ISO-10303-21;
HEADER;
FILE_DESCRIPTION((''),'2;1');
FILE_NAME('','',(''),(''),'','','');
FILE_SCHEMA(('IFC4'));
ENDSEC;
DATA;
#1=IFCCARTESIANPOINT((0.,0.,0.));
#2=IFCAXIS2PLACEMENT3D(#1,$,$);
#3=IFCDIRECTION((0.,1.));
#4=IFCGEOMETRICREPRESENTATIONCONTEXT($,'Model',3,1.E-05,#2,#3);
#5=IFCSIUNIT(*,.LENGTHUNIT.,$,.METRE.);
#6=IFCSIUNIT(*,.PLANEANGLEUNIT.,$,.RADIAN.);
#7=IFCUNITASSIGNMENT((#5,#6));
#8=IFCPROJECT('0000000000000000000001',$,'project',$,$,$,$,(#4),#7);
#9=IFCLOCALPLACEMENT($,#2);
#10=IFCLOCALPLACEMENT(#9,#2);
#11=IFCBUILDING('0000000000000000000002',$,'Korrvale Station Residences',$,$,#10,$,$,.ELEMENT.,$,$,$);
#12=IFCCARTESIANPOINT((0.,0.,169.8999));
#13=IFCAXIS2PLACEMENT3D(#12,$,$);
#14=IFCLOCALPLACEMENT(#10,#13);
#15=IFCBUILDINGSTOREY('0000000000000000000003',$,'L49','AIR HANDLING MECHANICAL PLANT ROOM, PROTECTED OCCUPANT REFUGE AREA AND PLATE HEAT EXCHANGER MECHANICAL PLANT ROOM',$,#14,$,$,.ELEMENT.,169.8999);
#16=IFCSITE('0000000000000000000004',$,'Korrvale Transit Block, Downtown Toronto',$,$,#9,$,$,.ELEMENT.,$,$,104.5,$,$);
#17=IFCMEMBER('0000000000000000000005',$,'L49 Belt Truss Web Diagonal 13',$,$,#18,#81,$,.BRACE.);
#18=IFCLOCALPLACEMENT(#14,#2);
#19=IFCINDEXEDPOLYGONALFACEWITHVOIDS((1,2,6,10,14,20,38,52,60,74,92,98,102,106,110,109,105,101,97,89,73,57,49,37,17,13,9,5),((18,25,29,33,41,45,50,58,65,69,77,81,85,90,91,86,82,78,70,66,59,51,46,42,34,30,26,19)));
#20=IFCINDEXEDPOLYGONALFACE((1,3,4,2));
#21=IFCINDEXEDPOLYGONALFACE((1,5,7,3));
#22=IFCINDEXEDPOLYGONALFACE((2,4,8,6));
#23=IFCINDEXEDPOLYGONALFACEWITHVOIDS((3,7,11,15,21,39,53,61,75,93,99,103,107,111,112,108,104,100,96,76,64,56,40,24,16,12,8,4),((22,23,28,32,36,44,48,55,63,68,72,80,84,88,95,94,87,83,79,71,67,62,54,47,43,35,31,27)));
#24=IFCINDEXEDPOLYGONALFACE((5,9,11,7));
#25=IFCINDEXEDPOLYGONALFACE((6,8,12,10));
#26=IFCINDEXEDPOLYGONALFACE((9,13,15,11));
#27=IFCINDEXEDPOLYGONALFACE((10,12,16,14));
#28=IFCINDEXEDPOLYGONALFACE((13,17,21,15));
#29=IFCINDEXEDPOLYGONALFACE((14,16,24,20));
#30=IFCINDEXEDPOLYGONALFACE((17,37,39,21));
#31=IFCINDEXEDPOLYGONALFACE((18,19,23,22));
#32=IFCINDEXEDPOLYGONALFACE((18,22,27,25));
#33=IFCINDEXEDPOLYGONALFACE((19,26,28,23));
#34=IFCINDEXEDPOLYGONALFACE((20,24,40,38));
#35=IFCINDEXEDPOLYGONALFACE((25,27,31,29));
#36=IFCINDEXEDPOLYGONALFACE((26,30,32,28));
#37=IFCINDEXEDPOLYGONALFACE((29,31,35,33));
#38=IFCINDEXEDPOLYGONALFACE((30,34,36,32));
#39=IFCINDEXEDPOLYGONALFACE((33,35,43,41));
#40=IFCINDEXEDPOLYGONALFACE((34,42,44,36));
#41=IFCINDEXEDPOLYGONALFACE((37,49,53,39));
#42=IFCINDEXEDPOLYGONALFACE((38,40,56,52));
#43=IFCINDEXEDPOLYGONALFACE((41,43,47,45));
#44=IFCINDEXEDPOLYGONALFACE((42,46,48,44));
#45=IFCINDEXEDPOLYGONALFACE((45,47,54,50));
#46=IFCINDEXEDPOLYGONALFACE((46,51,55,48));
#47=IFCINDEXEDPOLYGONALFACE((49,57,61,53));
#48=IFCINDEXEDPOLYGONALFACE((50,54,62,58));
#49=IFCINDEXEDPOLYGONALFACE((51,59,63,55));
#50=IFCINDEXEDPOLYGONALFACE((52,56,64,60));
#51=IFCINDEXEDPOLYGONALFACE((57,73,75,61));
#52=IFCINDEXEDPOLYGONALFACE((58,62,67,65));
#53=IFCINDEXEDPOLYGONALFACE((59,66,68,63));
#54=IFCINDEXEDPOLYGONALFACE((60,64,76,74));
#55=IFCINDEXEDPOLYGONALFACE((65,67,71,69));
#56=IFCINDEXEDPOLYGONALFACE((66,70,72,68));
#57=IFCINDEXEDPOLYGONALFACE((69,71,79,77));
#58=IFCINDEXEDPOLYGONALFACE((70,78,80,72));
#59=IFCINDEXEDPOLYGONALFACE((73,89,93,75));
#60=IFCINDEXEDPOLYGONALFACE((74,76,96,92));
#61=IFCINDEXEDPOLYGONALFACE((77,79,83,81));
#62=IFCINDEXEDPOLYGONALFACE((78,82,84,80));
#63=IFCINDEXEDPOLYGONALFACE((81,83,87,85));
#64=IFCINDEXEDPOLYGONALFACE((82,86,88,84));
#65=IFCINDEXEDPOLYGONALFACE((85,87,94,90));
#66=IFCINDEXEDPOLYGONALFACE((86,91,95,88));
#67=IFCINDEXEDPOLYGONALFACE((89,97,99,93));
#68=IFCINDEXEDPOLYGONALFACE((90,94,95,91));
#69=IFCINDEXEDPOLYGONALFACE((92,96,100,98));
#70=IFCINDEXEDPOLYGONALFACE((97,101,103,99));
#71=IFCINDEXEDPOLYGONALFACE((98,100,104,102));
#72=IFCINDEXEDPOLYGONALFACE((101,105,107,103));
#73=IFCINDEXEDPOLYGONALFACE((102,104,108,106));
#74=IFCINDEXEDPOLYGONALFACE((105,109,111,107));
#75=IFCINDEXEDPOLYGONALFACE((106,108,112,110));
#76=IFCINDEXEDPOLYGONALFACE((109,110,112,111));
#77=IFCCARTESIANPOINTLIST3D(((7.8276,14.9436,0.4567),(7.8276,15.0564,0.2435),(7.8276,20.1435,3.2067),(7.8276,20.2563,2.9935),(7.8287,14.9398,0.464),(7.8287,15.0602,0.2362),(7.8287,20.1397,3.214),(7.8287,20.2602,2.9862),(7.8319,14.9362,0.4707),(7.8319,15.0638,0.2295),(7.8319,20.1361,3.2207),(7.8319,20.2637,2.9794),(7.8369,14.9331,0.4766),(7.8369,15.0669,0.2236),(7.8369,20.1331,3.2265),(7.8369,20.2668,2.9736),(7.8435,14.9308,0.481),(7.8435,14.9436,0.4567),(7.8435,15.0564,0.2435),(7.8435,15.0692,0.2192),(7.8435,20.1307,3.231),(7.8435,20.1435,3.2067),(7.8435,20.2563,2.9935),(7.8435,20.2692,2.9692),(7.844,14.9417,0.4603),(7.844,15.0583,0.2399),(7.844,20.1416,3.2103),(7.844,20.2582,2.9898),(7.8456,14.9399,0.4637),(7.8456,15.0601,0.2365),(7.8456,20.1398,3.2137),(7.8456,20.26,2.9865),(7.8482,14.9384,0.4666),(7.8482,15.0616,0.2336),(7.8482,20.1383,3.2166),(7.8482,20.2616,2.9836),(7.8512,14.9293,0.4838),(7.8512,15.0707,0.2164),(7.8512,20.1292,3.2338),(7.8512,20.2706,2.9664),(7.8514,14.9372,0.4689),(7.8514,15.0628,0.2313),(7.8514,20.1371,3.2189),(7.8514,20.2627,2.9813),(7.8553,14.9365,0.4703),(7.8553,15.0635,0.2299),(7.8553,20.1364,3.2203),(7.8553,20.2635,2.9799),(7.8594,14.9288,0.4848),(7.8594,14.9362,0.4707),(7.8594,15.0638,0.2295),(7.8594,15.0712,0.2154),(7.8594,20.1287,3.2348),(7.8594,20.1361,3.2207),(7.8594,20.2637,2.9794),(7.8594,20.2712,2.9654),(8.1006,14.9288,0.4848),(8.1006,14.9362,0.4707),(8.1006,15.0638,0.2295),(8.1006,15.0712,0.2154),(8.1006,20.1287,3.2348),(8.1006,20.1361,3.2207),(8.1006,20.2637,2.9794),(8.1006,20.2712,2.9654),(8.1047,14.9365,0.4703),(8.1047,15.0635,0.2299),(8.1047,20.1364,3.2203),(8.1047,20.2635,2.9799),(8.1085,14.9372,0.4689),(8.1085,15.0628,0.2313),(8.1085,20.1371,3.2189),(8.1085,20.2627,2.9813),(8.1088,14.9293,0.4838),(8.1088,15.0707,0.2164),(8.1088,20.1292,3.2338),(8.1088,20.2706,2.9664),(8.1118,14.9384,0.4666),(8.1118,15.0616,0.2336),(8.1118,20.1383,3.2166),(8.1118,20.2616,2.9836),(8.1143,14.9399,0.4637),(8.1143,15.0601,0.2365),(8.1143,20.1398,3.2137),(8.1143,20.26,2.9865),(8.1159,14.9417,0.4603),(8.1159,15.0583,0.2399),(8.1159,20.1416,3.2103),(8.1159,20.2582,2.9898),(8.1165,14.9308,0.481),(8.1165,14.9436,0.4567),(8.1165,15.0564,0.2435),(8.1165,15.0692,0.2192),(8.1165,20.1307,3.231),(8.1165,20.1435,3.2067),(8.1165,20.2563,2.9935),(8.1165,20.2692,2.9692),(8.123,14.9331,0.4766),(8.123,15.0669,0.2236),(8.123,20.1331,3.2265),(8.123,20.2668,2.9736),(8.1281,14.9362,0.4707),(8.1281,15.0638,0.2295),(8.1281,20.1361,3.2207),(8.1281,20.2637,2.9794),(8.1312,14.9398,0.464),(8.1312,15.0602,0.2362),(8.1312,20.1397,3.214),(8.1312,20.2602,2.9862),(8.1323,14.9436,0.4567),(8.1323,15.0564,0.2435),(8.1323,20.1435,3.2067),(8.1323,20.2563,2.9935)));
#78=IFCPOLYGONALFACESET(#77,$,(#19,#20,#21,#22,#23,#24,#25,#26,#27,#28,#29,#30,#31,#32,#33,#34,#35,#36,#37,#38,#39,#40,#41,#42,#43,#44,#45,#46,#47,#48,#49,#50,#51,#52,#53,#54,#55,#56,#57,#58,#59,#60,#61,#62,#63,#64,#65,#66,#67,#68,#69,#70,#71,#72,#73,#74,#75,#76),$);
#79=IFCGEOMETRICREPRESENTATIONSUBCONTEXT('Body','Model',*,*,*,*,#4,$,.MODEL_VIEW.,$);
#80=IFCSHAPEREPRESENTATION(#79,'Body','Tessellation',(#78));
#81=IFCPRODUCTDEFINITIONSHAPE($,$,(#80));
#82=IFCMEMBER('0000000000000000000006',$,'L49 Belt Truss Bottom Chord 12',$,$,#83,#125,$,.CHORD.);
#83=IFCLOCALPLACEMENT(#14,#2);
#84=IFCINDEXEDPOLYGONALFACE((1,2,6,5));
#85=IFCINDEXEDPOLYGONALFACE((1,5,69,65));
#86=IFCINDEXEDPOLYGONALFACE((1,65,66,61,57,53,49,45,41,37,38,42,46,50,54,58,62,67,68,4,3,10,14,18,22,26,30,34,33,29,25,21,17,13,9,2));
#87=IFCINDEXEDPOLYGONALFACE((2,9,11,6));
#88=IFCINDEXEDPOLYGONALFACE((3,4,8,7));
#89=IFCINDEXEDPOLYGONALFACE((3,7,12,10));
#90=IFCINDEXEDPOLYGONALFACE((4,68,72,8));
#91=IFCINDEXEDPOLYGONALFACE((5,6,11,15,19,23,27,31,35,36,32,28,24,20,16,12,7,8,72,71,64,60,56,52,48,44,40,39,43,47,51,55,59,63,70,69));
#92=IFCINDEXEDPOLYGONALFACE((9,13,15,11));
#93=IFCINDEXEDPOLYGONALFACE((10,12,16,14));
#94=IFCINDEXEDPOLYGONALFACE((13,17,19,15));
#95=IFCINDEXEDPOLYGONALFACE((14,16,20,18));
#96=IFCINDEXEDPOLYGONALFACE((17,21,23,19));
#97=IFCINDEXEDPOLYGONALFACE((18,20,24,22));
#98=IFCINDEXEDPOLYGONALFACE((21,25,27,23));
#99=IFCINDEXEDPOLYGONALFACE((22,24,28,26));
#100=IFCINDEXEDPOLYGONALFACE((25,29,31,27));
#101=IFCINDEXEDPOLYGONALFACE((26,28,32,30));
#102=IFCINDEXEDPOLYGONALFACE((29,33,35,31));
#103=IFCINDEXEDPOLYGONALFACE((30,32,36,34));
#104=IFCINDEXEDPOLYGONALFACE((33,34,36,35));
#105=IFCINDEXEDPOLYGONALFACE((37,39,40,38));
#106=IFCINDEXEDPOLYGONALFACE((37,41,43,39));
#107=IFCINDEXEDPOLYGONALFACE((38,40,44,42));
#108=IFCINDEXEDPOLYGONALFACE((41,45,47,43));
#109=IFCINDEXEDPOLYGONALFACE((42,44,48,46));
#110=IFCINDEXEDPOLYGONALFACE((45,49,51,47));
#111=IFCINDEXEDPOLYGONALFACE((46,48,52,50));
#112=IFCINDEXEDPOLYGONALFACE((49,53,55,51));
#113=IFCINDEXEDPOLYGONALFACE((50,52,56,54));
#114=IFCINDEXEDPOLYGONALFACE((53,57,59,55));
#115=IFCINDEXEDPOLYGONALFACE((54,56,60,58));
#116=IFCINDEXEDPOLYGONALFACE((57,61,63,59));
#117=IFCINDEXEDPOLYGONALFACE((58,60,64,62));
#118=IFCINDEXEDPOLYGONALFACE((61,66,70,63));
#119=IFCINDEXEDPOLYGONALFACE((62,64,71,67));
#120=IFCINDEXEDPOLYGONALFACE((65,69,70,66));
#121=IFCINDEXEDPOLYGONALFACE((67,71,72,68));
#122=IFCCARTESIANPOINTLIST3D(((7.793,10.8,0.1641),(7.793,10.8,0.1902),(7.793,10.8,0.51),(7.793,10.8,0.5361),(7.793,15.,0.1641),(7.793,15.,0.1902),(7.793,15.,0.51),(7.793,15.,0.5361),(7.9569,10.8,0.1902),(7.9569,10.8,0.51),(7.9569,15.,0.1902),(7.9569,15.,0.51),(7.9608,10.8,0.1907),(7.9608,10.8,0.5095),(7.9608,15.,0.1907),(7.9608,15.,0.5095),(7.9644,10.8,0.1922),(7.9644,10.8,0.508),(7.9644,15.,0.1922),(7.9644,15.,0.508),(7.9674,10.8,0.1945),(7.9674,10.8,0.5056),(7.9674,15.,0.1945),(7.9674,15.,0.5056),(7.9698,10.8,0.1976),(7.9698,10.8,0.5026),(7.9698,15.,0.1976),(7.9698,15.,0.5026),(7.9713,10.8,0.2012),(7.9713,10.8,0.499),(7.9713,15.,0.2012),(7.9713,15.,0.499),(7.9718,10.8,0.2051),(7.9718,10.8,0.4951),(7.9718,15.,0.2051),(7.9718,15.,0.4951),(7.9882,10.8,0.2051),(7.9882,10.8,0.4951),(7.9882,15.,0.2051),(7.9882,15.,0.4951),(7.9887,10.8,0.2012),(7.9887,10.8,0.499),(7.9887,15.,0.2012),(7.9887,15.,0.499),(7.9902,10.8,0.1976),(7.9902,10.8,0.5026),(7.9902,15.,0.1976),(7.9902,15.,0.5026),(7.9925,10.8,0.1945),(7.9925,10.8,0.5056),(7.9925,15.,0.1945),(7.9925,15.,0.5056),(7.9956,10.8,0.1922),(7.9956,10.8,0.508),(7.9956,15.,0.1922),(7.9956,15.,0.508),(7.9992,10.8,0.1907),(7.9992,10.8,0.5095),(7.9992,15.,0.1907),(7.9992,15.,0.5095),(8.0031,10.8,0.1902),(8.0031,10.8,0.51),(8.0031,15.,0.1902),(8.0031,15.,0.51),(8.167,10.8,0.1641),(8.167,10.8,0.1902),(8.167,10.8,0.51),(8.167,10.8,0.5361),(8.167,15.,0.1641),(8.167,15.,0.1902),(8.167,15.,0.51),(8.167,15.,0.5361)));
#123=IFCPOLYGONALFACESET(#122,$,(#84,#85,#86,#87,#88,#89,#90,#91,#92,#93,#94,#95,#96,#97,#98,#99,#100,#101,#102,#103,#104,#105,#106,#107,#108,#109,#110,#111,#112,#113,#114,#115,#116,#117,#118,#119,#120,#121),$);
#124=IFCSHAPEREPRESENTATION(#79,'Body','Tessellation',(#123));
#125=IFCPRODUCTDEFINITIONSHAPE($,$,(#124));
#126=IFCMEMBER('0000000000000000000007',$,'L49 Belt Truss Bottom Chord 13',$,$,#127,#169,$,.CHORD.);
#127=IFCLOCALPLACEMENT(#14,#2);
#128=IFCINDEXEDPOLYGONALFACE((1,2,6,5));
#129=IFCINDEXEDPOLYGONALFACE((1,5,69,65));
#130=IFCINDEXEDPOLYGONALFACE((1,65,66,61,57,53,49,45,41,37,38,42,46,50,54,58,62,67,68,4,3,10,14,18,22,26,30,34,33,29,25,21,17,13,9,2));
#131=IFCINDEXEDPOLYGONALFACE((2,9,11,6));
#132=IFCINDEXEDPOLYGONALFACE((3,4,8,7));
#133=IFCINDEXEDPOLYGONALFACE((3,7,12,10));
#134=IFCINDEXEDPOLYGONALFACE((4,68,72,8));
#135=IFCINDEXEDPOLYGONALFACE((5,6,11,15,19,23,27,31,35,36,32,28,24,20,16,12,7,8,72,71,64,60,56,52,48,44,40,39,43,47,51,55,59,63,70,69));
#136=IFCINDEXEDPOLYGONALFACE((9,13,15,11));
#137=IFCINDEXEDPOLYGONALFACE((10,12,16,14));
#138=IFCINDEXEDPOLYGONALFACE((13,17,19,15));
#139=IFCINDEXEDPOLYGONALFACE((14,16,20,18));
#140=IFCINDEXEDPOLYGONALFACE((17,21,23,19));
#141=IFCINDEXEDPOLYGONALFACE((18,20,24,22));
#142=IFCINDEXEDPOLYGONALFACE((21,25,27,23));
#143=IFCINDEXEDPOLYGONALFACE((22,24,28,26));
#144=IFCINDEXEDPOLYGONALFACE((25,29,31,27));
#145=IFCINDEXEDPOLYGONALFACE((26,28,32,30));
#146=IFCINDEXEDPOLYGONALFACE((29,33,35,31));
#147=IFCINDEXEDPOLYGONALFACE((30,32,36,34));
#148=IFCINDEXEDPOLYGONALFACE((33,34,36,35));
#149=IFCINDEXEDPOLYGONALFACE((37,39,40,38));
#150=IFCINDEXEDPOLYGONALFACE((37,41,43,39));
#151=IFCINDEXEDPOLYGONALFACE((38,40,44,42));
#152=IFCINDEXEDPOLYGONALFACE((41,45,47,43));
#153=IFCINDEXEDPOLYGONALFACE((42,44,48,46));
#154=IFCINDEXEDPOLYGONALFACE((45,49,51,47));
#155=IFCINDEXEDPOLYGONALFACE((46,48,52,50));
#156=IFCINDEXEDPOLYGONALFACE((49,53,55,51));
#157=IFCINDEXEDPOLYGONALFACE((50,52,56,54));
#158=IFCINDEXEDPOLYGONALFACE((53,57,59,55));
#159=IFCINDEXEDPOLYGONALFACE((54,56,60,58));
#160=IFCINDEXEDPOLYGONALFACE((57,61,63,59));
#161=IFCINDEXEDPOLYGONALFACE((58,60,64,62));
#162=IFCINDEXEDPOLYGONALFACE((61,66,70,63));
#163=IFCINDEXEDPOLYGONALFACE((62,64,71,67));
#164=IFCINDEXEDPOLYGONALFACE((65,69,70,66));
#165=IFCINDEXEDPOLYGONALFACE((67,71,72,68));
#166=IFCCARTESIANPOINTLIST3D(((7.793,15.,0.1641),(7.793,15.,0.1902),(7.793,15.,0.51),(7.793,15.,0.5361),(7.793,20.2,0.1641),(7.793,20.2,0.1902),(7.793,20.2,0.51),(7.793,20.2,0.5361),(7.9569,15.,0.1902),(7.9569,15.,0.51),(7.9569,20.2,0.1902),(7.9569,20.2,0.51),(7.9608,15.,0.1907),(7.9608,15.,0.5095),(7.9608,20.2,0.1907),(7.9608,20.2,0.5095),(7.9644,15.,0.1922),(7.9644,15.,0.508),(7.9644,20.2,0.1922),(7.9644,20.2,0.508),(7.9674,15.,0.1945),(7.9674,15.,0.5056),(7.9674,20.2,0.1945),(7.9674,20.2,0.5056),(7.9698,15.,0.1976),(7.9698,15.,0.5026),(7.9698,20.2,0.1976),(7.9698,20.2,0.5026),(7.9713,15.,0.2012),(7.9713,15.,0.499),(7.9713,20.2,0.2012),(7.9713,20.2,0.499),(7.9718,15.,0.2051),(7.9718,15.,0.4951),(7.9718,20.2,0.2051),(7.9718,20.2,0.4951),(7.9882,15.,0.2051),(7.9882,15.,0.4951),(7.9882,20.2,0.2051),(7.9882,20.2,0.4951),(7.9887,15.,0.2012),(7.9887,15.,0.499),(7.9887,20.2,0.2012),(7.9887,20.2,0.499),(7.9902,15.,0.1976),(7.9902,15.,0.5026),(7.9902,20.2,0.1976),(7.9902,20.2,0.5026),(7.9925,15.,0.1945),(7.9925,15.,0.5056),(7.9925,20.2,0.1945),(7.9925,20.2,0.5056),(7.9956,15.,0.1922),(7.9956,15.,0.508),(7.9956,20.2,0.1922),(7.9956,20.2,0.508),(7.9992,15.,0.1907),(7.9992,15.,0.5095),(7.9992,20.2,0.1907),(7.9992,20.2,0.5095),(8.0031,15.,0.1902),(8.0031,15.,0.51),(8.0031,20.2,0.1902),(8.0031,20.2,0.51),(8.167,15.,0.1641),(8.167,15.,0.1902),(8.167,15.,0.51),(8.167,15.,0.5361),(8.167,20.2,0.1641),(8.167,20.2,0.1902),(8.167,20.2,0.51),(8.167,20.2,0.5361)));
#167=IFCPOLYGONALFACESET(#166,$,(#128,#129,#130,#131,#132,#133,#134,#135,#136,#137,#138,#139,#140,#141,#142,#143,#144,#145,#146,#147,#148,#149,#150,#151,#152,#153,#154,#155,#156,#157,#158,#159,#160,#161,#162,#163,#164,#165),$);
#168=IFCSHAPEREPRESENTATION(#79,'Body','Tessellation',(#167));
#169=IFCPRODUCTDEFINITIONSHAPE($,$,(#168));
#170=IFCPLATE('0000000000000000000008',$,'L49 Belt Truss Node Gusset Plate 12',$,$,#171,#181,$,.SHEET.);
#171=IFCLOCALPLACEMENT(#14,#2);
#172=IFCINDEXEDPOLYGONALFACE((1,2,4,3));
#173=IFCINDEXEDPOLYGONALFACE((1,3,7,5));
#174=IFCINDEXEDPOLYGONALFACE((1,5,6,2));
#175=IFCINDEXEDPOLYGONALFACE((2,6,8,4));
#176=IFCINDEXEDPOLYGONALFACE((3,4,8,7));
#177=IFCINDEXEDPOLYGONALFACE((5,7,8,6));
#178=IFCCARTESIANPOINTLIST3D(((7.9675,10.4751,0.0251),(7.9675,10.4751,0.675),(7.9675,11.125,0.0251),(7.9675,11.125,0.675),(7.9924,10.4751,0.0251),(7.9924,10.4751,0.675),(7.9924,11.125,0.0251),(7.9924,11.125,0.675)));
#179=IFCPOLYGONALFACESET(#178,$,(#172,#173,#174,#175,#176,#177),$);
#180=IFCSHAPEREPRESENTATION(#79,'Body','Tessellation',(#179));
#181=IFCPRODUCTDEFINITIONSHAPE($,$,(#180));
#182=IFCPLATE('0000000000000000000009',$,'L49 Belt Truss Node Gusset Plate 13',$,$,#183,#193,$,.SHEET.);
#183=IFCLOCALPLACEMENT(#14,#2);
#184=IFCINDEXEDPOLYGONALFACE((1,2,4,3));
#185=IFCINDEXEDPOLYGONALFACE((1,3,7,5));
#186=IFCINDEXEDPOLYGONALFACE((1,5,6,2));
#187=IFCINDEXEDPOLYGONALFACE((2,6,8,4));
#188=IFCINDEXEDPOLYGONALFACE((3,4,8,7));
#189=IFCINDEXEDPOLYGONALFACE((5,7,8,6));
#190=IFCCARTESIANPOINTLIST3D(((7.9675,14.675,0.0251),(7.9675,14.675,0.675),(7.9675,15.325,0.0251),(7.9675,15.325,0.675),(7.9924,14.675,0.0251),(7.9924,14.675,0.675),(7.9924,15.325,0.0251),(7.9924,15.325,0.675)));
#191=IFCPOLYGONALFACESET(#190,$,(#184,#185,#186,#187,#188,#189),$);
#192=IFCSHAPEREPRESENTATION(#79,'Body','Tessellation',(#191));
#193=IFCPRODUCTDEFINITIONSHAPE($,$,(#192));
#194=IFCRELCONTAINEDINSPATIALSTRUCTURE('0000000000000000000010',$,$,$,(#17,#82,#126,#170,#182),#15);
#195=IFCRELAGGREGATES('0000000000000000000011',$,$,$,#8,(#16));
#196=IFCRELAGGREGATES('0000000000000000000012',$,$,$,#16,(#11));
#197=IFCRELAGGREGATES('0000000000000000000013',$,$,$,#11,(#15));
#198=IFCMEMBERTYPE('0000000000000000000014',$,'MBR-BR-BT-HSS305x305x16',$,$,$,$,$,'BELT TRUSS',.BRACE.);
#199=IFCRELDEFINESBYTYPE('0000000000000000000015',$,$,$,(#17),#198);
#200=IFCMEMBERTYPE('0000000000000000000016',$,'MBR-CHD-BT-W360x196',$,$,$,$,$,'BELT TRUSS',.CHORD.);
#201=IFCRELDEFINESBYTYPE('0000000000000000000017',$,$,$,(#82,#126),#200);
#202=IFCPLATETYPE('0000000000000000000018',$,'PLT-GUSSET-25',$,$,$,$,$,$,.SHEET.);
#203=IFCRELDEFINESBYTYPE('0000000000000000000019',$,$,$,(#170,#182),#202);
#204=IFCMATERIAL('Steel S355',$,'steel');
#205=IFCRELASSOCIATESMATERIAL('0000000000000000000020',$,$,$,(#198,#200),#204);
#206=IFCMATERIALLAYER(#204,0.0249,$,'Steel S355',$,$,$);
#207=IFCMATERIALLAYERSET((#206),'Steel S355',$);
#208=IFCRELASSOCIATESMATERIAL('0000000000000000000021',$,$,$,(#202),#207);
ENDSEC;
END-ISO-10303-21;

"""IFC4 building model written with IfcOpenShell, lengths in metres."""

from ifc_helpers import new_model, si_unit, direction, frame, origin, origin_2d, place, context, subcontext, project, spatial, rectangle, hollow_rectangle, i_section, extrude, material, layer, layer_set, material_profile, profile_set, type_object, element, save


model = new_model("IFC4")

# Units and contexts
model_context = context("Model", 3, precision=1e-05, world=origin(), true_north=direction((0.0, 1.0)))
body_context = subcontext(model_context, "Body", "Model", "MODEL_VIEW")
ifc_project = project(units=[si_unit("LENGTHUNIT", "METRE"), si_unit("PLANEANGLEUNIT", "RADIAN")], contexts=[model_context])

# Site, building, storey
site_placement = place(None, origin())
site = spatial("IfcSite", under=ifc_project, at=site_placement, Name="Korrvale Transit Block, Downtown Toronto", CompositionType="ELEMENT", RefElevation=104.5)
building_placement = place(site_placement, origin())
building = spatial("IfcBuilding", under=site, at=building_placement, Name="Korrvale Station Residences", CompositionType="ELEMENT")
storey_placement = place(building_placement, frame((0.0, 0.0, 169.8999)))
storey = spatial("IfcBuildingStorey", under=building, at=storey_placement, Name="L49", Description="AIR HANDLING MECHANICAL PLANT ROOM, PROTECTED OCCUPANT REFUGE AREA AND PLATE HEAT EXCHANGER MECHANICAL PLANT ROOM", CompositionType="ELEMENT", Elevation=169.8999)

# Members
ifc_material_1 = material(Name="Steel S355", Category="steel")
ifc_material_profile_1 = material_profile(ifc_material_1, hollow_rectangle(XDim=0.3047, YDim=0.3047, WallThickness=0.0159, InnerFilletRadius=0.0159, OuterFilletRadius=0.0317, at=origin_2d()), Name="HSS305x305x16")
ifc_profile_set_1 = profile_set([ifc_material_profile_1], Name="Steel S355")
member_type_1 = type_object("IfcMemberType", Name="MBR-BR-BT-HSS305x305x16", ElementType="BELT TRUSS", PredefinedType="BRACE", material=ifc_profile_set_1)
member_1_placement = place(storey_placement, frame((7.98, 15.0, 0.3501), z_axis=(0.0, 0.883993, 0.467501), x_axis=(-1.0, 0.0, 0.0)))
element("IfcMember", 1, at=member_1_placement, inside=storey, type_object=member_type_1, Name="L49 Belt Truss Web Diagonal 13", PredefinedType="BRACE", context=body_context, shape_type="SweptSolid", body=[
    extrude(hollow_rectangle(XDim=0.3047, YDim=0.3047, WallThickness=0.0159, InnerFilletRadius=0.0159, OuterFilletRadius=0.0317, at=origin_2d()), origin(), (0.0, 0.0, 1.0), 5.8823),
])
ifc_material_profile_2 = material_profile(ifc_material_1, i_section(OverallWidth=0.374, OverallDepth=0.3721, WebThickness=0.0164, FlangeThickness=0.0261, FilletRadius=0.0149, at=origin_2d()), Name="W360x196")
ifc_profile_set_2 = profile_set([ifc_material_profile_2], Name="Steel S355")
member_type_2 = type_object("IfcMemberType", Name="MBR-CHD-BT-W360x196", ElementType="BELT TRUSS", PredefinedType="CHORD", material=ifc_profile_set_2)
member_2_placement = place(storey_placement, frame((7.98, 10.8, 0.3501), z_axis=(0.0, 1.0, 0.0), x_axis=(-1.0, 0.0, 0.0)))
element("IfcMember", 2, at=member_2_placement, inside=storey, type_object=member_type_2, Name="L49 Belt Truss Bottom Chord 12", PredefinedType="CHORD", context=body_context, shape_type="SweptSolid", body=[
    extrude(i_section(OverallWidth=0.374, OverallDepth=0.3721, WebThickness=0.0164, FlangeThickness=0.0261, FilletRadius=0.0149, at=origin_2d()), origin(), (0.0, 0.0, 1.0), 4.2),
])
member_3_placement = place(storey_placement, frame((7.98, 15.0, 0.3501), z_axis=(0.0, 1.0, 0.0), x_axis=(-1.0, 0.0, 0.0)))
element("IfcMember", 3, at=member_3_placement, inside=storey, type_object=member_type_2, Name="L49 Belt Truss Bottom Chord 13", PredefinedType="CHORD", context=body_context, shape_type="SweptSolid", body=[
    extrude(i_section(OverallWidth=0.374, OverallDepth=0.3721, WebThickness=0.0164, FlangeThickness=0.0261, FilletRadius=0.0149, at=origin_2d()), origin(), (0.0, 0.0, 1.0), 5.2),
])

# Plates
ifc_layer_1 = layer(ifc_material_1, 0.0249, Name="Steel S355")
ifc_layer_set_1 = layer_set([ifc_layer_1], Name="Steel S355")
plate_type = type_object("IfcPlateType", Name="PLT-GUSSET-25", PredefinedType="SHEET", material=ifc_layer_set_1)
for number, where, z_axis, x_axis, name in (
    (4, (7.98, 10.8, 0.0251), (0.0, 0.0, 1.0), (0.0, 1.0, 0.0), "L49 Belt Truss Node Gusset Plate 12"),
    (5, (7.98, 15.0, 0.0251), (0.0, 0.0, 1.0), (0.0, 1.0, 0.0), "L49 Belt Truss Node Gusset Plate 13"),
):
    element("IfcPlate", number, at=place(storey_placement, frame(where, z_axis=z_axis, x_axis=x_axis)), inside=storey, type_object=plate_type, Name=name, PredefinedType="SHEET", context=body_context, shape_type="SweptSolid", body=[
        extrude(rectangle(XDim=0.6499, YDim=0.0249, at=origin_2d()), origin(), (0.0, 0.0, 1.0), 0.6499),
    ])

save(model, "model.ifc")
